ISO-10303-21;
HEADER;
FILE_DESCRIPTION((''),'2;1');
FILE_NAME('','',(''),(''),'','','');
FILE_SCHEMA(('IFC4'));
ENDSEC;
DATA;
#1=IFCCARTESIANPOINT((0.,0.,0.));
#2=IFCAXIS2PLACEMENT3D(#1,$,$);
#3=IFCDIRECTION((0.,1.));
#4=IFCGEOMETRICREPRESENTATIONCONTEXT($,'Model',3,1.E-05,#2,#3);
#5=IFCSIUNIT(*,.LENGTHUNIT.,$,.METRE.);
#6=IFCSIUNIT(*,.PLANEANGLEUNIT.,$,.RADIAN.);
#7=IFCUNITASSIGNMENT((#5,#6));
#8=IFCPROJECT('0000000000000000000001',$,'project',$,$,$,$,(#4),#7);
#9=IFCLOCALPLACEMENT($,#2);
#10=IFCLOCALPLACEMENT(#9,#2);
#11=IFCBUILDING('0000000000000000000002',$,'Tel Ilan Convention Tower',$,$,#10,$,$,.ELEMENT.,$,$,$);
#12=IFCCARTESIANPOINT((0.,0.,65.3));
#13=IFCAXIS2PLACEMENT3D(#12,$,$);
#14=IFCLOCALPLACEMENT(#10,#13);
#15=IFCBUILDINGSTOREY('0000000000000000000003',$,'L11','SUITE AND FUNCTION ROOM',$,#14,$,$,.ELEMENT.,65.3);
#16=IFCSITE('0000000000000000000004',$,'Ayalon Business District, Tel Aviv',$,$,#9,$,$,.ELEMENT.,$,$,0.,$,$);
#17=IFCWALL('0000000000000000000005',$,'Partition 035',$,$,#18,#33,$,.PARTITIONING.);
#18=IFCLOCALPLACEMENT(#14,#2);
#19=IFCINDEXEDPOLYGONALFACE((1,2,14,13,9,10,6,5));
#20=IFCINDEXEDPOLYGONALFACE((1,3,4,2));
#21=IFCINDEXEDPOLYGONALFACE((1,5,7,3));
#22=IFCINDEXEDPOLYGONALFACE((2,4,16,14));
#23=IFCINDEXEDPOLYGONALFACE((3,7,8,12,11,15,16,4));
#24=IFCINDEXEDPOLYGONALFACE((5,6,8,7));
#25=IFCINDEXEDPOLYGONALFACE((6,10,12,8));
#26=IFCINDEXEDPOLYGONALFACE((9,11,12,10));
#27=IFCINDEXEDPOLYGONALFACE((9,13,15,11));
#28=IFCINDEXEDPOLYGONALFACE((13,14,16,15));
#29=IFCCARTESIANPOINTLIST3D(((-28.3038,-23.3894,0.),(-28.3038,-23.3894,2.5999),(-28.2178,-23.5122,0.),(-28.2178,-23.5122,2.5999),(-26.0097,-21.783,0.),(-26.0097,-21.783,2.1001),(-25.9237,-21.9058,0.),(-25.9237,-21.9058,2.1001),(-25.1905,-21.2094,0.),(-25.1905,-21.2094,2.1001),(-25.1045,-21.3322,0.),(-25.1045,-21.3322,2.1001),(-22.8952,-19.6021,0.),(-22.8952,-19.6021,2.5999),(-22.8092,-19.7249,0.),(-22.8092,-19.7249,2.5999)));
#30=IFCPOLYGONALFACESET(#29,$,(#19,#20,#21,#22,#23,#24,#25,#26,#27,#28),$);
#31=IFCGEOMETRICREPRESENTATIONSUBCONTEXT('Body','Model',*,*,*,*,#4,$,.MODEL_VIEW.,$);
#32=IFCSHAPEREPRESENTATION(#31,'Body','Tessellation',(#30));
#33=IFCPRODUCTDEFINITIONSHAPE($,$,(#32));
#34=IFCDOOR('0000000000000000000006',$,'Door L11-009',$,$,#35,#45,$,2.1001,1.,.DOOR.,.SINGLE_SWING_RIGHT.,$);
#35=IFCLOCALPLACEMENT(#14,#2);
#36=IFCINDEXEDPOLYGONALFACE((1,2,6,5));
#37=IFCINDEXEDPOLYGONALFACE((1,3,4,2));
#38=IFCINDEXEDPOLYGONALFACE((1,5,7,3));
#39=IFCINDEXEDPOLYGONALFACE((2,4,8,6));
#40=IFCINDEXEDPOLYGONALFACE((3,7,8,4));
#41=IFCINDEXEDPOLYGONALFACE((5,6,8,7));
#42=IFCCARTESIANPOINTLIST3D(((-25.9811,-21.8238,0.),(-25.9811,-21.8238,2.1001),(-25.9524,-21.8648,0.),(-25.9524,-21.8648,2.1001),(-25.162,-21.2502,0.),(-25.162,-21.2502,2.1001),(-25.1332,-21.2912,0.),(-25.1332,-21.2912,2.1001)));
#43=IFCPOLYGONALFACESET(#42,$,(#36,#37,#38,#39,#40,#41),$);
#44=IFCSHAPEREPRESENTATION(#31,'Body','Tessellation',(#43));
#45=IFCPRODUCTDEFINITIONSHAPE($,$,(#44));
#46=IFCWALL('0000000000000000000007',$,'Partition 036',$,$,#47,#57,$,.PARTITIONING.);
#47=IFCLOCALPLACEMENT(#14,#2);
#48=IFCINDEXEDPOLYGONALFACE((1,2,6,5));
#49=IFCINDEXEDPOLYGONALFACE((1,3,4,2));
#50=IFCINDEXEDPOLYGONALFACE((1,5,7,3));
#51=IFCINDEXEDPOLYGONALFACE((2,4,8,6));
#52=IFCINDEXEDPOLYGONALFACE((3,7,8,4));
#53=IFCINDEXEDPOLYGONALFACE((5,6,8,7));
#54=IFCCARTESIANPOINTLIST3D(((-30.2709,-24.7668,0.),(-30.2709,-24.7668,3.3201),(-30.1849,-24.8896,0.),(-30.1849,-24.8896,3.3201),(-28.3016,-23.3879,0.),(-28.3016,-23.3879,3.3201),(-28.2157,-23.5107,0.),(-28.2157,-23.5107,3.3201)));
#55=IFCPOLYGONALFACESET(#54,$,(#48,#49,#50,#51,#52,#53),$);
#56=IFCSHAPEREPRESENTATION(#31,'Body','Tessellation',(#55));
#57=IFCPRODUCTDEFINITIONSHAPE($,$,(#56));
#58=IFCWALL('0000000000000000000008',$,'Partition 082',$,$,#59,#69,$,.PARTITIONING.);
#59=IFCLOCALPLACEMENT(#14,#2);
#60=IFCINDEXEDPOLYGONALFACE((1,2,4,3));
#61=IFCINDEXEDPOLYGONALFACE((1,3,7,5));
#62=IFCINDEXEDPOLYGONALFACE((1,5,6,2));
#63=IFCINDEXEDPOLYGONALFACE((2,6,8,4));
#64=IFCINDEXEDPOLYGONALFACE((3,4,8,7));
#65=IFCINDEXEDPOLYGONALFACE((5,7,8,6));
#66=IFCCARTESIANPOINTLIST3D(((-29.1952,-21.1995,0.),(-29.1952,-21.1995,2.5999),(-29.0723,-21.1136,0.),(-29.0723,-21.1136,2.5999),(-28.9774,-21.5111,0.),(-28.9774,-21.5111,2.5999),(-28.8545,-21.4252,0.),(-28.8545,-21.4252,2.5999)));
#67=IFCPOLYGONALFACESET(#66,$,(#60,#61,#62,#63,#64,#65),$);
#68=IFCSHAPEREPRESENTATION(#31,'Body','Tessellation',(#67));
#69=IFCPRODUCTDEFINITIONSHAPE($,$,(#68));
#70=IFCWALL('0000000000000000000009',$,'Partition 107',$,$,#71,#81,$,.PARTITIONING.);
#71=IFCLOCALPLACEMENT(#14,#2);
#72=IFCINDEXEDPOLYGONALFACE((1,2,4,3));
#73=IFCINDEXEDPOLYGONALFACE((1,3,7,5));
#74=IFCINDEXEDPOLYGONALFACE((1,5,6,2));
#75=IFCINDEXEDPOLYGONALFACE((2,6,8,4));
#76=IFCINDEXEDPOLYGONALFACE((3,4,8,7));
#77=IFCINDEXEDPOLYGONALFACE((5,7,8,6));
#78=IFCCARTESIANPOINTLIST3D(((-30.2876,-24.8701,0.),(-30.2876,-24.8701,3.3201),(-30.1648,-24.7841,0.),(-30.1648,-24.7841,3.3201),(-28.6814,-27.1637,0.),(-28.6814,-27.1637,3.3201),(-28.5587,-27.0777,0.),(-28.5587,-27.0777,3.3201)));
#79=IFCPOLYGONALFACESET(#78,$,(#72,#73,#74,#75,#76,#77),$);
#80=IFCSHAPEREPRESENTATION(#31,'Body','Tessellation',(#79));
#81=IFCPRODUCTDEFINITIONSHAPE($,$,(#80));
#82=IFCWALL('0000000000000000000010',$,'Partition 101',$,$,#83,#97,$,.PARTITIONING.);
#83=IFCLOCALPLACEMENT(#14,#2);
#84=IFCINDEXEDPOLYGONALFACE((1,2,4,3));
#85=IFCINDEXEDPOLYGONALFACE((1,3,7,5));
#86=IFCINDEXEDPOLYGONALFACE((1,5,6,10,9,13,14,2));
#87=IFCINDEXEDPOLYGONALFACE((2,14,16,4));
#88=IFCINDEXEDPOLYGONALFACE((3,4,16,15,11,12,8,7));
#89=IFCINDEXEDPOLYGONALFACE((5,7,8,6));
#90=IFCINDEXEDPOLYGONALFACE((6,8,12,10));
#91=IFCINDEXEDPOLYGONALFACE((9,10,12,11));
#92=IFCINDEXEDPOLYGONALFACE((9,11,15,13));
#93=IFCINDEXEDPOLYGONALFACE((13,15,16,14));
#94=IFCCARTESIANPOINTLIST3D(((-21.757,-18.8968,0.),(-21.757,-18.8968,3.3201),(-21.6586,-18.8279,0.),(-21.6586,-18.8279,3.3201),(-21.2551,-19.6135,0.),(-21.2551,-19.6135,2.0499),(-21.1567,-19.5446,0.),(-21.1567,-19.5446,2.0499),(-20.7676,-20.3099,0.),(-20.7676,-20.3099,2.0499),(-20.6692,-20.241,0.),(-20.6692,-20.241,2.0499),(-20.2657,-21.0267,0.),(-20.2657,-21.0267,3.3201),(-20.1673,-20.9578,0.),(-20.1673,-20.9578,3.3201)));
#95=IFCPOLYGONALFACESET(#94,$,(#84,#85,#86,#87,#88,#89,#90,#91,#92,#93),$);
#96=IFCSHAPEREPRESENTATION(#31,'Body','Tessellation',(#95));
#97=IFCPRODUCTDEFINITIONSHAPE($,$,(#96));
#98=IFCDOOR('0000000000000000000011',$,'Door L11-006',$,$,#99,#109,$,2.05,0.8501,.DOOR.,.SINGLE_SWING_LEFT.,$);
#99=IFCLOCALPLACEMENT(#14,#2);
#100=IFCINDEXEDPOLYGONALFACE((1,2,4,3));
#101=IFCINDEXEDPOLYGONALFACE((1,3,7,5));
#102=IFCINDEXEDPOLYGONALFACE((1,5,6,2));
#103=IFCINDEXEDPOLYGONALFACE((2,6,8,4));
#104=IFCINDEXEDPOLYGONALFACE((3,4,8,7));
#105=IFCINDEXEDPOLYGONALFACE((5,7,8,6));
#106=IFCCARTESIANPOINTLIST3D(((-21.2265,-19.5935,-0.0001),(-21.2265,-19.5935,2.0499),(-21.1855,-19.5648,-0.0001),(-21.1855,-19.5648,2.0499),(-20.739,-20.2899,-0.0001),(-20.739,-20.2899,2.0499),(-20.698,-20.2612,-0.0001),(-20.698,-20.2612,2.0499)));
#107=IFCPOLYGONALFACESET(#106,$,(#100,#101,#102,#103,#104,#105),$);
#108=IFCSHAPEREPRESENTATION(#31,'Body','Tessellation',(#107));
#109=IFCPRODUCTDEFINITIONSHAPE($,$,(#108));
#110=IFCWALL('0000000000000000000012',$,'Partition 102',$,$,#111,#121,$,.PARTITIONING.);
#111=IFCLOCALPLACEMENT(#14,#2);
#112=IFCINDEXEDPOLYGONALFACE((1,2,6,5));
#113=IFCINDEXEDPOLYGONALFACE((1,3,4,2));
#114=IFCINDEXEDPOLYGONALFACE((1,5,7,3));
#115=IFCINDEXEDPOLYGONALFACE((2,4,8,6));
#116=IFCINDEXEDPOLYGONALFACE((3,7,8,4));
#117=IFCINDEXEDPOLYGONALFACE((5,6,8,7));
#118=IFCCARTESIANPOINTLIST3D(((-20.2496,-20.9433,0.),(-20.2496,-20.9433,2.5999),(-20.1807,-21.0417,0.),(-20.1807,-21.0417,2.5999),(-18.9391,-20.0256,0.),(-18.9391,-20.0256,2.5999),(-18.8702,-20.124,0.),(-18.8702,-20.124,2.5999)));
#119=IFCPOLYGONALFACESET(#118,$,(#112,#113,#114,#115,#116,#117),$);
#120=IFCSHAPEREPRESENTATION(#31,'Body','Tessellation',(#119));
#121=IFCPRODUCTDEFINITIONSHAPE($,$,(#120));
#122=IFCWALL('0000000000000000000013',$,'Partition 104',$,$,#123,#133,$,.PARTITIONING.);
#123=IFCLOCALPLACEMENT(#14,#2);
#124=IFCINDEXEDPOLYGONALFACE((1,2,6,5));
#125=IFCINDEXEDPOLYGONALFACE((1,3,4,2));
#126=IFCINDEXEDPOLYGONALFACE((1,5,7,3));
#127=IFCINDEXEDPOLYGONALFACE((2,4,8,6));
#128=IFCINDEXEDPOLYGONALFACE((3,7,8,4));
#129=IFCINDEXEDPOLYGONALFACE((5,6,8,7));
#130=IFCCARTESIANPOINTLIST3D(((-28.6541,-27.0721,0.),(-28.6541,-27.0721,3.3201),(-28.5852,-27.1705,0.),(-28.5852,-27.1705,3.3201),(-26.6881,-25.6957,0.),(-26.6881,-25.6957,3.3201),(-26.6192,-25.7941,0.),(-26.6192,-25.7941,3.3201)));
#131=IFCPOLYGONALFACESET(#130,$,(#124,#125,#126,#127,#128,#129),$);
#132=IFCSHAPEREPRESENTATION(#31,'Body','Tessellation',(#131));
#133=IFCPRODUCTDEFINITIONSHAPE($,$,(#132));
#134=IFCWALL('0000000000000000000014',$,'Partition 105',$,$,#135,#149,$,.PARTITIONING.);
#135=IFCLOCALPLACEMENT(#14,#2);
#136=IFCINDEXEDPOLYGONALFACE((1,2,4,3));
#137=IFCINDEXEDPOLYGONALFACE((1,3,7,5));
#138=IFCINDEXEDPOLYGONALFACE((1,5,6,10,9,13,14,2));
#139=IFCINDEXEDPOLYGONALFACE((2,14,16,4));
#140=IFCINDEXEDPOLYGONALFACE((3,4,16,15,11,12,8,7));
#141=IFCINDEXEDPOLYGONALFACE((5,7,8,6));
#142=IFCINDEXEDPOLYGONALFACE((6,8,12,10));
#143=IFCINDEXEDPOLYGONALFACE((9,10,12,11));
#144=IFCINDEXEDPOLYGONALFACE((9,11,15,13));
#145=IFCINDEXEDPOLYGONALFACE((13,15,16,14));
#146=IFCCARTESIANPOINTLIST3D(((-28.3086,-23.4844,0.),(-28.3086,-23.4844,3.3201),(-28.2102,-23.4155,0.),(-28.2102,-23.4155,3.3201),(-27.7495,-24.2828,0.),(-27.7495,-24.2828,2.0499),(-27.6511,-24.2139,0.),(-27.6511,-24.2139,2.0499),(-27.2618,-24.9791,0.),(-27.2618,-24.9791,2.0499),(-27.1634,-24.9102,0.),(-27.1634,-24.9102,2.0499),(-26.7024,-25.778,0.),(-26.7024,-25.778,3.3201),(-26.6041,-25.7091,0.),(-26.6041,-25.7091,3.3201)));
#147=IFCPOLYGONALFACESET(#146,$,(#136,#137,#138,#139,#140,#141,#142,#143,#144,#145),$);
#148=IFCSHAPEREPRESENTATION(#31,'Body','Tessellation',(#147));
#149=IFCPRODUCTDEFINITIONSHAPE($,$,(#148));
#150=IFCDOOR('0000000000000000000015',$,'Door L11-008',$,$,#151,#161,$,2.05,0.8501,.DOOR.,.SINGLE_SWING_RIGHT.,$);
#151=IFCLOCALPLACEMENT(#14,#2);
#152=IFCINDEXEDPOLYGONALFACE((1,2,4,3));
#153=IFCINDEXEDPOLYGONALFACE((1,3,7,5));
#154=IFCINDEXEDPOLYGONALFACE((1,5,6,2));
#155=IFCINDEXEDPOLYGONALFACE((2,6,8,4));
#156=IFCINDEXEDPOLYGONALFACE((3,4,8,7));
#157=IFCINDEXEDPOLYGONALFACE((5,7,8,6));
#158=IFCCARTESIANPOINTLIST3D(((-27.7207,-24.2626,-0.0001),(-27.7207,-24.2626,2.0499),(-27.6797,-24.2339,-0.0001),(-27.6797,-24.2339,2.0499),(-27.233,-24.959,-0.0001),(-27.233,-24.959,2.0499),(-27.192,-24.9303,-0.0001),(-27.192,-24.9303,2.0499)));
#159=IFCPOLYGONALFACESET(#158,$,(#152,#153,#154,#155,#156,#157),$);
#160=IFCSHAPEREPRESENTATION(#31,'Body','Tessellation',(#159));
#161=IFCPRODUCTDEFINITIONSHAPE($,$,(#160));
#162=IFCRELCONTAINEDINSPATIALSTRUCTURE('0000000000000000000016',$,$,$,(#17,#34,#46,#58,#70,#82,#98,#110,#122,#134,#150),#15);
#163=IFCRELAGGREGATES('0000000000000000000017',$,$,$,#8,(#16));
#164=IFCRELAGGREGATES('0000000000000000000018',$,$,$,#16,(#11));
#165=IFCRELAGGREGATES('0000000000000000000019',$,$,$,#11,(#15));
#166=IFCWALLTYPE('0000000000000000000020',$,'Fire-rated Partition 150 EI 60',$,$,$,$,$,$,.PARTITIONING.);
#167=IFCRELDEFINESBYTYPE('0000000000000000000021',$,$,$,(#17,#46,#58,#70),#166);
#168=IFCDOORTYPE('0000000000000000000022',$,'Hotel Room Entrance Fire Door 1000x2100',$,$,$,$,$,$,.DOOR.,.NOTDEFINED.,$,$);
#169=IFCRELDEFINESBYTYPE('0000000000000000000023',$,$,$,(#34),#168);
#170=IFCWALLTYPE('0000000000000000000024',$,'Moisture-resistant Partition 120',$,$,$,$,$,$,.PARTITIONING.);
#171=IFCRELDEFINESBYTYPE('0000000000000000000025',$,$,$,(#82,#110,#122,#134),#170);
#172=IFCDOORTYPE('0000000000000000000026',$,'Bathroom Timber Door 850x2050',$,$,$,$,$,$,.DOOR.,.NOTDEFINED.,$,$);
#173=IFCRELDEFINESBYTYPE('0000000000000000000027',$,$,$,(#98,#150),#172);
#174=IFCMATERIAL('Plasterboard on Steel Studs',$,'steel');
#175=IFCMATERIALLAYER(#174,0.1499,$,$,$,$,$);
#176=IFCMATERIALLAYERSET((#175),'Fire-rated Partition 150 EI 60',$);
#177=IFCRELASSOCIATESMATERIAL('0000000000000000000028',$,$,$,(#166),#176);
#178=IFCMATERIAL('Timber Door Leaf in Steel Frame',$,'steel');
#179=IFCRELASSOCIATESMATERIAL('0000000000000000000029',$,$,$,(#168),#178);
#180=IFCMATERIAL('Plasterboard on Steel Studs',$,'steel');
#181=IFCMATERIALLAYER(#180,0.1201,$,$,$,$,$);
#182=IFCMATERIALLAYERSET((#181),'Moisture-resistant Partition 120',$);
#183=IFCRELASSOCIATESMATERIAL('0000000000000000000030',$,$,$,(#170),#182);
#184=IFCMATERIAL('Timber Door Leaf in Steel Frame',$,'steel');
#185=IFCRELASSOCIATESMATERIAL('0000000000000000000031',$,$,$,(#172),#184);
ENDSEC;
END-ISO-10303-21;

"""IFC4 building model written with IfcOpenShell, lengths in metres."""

from ifc_helpers import new_model, si_unit, direction, frame, frame_2d, origin, place, context, subcontext, project, spatial, rectangle, extrude, material, layer, layer_set, type_object, element, fill, save


model = new_model("IFC4")

# Units and contexts
model_context = context("Model", 3, precision=1e-05, world=origin(), true_north=direction((0.0, 1.0)))
body_context = subcontext(model_context, "Body", "Model", "MODEL_VIEW")
ifc_project = project(units=[si_unit("LENGTHUNIT", "METRE"), si_unit("PLANEANGLEUNIT", "RADIAN")], contexts=[model_context])

# Site, building, storey
site_placement = place(None, origin())
site = spatial("IfcSite", under=ifc_project, at=site_placement, Name="Ayalon Business District, Tel Aviv", CompositionType="ELEMENT", RefElevation=0.0)
building_placement = place(site_placement, origin())
building = spatial("IfcBuilding", under=site, at=building_placement, Name="Tel Ilan Convention Tower", CompositionType="ELEMENT")
storey_placement = place(building_placement, frame((0.0, 0.0, 65.3)))
storey = spatial("IfcBuildingStorey", under=building, at=storey_placement, Name="L11", Description="SUITE AND FUNCTION ROOM", CompositionType="ELEMENT", Elevation=65.3)

# Shared definitions
ifc_material_1 = material(Name="Plasterboard on Steel Studs", Category="steel")
ifc_layer_1 = layer(ifc_material_1, 0.1499)
ifc_layer_set_1 = layer_set([ifc_layer_1], Name="Fire-rated Partition 150 EI 60")
wall_type_1 = type_object("IfcWallType", Name="Fire-rated Partition 150 EI 60", PredefinedType="PARTITIONING", material=ifc_layer_set_1)
ifc_material_2 = material(Name="Timber Door Leaf in Steel Frame", Category="steel")
door_type_1 = type_object("IfcDoorType", Name="Hotel Room Entrance Fire Door 1000x2100", OperationType="NOTDEFINED", PredefinedType="DOOR", material=ifc_material_2)

# Wall, opening, door
wall_1_placement = place(storey_placement, frame((-22.8523, -19.6636, 0.0), z_axis=(0.0, 0.0, 1.0), x_axis=(-0.819142, -0.573591, 0.0)))
wall_1 = element("IfcWall", 1, at=wall_1_placement, inside=storey, type_object=wall_type_1, Name="Partition 035", PredefinedType="PARTITIONING", context=body_context, shape_type="SweptSolid", body=[
    extrude(rectangle(XDim=6.6028, YDim=0.1499, at=frame_2d((3.3013, 0.0))), origin(), (0.0, 0.0, 1.0), 2.5999),
])
opening_1_placement = place(wall_1_placement, frame((2.802, 0.0, 0.0)))
opening_1 = element("IfcOpeningElement", 2, at=opening_1_placement, cuts=wall_1, PredefinedType="OPENING", context=body_context, shape_type="SweptSolid", body=[
    extrude(rectangle(XDim=1.0, YDim=2.1001, at=frame_2d((0.5, 1.05))), frame((0.0, 0.085, 0.0), z_axis=(0.0, -1.0, 0.0), x_axis=(1.0, 0.0, 0.0)), (0.0, 0.0, 1.0), 0.1699),
])
door_1_placement = place(opening_1_placement, origin())
door_1 = element("IfcDoor", 3, at=door_1_placement, inside=storey, type_object=door_type_1, Name="Door L11-009", OperationType="SINGLE_SWING_RIGHT", OverallHeight=2.1001, OverallWidth=1.0, PredefinedType="DOOR", context=body_context, shape_type="SweptSolid", body=[
    extrude(rectangle(XDim=1.0, YDim=2.1001, at=frame_2d((0.5, 1.05))), frame((0.0, 0.0249, 0.0), z_axis=(0.0, -1.0, 0.0), x_axis=(1.0, 0.0, 0.0)), (0.0, 0.0, 1.0), 0.05),
])
fill(opening_1, door_1)

# Walls
wall_2_placement = place(storey_placement, frame((-28.2585, -23.4492, 0.0), z_axis=(0.0, 0.0, 1.0), x_axis=(-0.819146, -0.573585, 0.0)))
element("IfcWall", 4, at=wall_2_placement, inside=storey, type_object=wall_type_1, Name="Partition 036", PredefinedType="PARTITIONING", context=body_context, shape_type="SweptSolid", body=[
    extrude(rectangle(XDim=2.4041, YDim=0.1499, at=frame_2d((1.2021, 0.0))), origin(), (0.0, 0.0, 1.0), 3.3201),
])
wall_3_placement = place(storey_placement, frame((-28.916, -21.468, 0.0), z_axis=(0.0, 0.0, 1.0), x_axis=(-0.572945, 0.819594, 0.0)))
element("IfcWall", 5, at=wall_3_placement, inside=storey, type_object=wall_type_1, Name="Partition 082", PredefinedType="PARTITIONING", context=body_context, shape_type="SweptSolid", body=[
    extrude(rectangle(XDim=0.3801, YDim=0.1499, at=frame_2d((0.1899, 0.0))), origin(), (0.0, 0.0, 1.0), 2.5999),
])
wall_4_placement = place(storey_placement, frame((-28.6201, -27.1206, 0.0), z_axis=(0.0, 0.0, 1.0), x_axis=(-0.573609, 0.81913, 0.0)))
element("IfcWall", 6, at=wall_4_placement, inside=storey, type_object=wall_type_1, Name="Partition 107", PredefinedType="PARTITIONING", context=body_context, shape_type="SweptSolid", body=[
    extrude(rectangle(XDim=2.8, YDim=0.1499, at=frame_2d((1.3999, 0.0))), origin(), (0.0, 0.0, 1.0), 3.3201),
])

# Wall, opening, door
ifc_material_3 = material(Name="Plasterboard on Steel Studs", Category="steel")
ifc_layer_2 = layer(ifc_material_3, 0.1201)
ifc_layer_set_2 = layer_set([ifc_layer_2], Name="Moisture-resistant Partition 120")
wall_type_2 = type_object("IfcWallType", Name="Moisture-resistant Partition 120", PredefinedType="PARTITIONING", material=ifc_layer_set_2)
wall_5_placement = place(storey_placement, frame((-21.7078, -18.8623, 0.0), z_axis=(0.0, 0.0, 1.0), x_axis=(0.573538, -0.819179, 0.0)))
wall_5 = element("IfcWall", 7, at=wall_5_placement, inside=storey, type_object=wall_type_2, Name="Partition 101", PredefinedType="PARTITIONING", context=body_context, shape_type="SweptSolid", body=[
    extrude(rectangle(XDim=2.6001, YDim=0.1201, at=frame_2d((1.3, 0.0))), origin(), (0.0, 0.0, 1.0), 3.3201),
])
opening_2_placement = place(wall_5_placement, frame((0.875, 0.0, 0.0)))
opening_2 = element("IfcOpeningElement", 8, at=opening_2_placement, cuts=wall_5, PredefinedType="OPENING", context=body_context, shape_type="SweptSolid", body=[
    extrude(rectangle(XDim=0.8501, YDim=2.05, at=frame_2d((0.425, 1.0249))), frame((0.0, 0.0701, 0.0), z_axis=(0.0, -1.0, 0.0), x_axis=(1.0, 0.0, 0.0)), (0.0, 0.0, 1.0), 0.1401),
])
ifc_material_4 = material(Name="Timber Door Leaf in Steel Frame", Category="steel")
door_type_2 = type_object("IfcDoorType", Name="Bathroom Timber Door 850x2050", OperationType="NOTDEFINED", PredefinedType="DOOR", material=ifc_material_4)
door_2_placement = place(opening_2_placement, origin())
door_2 = element("IfcDoor", 9, at=door_2_placement, inside=storey, type_object=door_type_2, Name="Door L11-006", OperationType="SINGLE_SWING_LEFT", OverallHeight=2.05, OverallWidth=0.8501, PredefinedType="DOOR", context=body_context, shape_type="SweptSolid", body=[
    extrude(rectangle(XDim=0.8501, YDim=2.05, at=frame_2d((0.425, 1.0249))), frame((0.0, 0.0249, 0.0), z_axis=(0.0, -1.0, 0.0), x_axis=(1.0, 0.0, 0.0)), (0.0, 0.0, 1.0), 0.05),
])
fill(opening_2, door_2)

# Walls
wall_6_placement = place(storey_placement, frame((-20.2151, -20.9924, 0.0), z_axis=(0.0, 0.0, 1.0), x_axis=(0.819132, 0.573606, 0.0)))
element("IfcWall", 10, at=wall_6_placement, inside=storey, type_object=wall_type_2, Name="Partition 102", PredefinedType="PARTITIONING", context=body_context, shape_type="SweptSolid", body=[
    extrude(rectangle(XDim=1.5999, YDim=0.1201, at=frame_2d((0.7998, 0.0))), origin(), (0.0, 0.0, 1.0), 2.5999),
])
wall_7_placement = place(storey_placement, frame((-28.6196, -27.1213, 0.0), z_axis=(0.0, 0.0, 1.0), x_axis=(0.819189, 0.573524, 0.0)))
element("IfcWall", 11, at=wall_7_placement, inside=storey, type_object=wall_type_2, Name="Partition 104", PredefinedType="PARTITIONING", context=body_context, shape_type="SweptSolid", body=[
    extrude(rectangle(XDim=2.3999, YDim=0.1201, at=frame_2d((1.2, 0.0))), origin(), (0.0, 0.0, 1.0), 3.3201),
])

# Wall, opening, door
wall_8_placement = place(storey_placement, frame((-26.6533, -25.7434, 0.0), z_axis=(0.0, 0.0, 1.0), x_axis=(-0.573609, 0.81913, 0.0)))
wall_8 = element("IfcWall", 12, at=wall_8_placement, inside=storey, type_object=wall_type_2, Name="Partition 105", PredefinedType="PARTITIONING", context=body_context, shape_type="SweptSolid", body=[
    extrude(rectangle(XDim=2.8, YDim=0.1201, at=frame_2d((1.3999, 0.0))), origin(), (0.0, 0.0, 1.0), 3.3201),
])
opening_3_placement = place(wall_8_placement, frame((0.9751, 0.0, 0.0)))
opening_3 = element("IfcOpeningElement", 13, at=opening_3_placement, cuts=wall_8, PredefinedType="OPENING", context=body_context, shape_type="SweptSolid", body=[
    extrude(rectangle(XDim=0.8501, YDim=2.05, at=frame_2d((0.425, 1.0249))), frame((0.0, 0.0701, 0.0), z_axis=(0.0, -1.0, 0.0), x_axis=(1.0, 0.0, 0.0)), (0.0, 0.0, 1.0), 0.1401),
])
door_3_placement = place(opening_3_placement, origin())
door_3 = element("IfcDoor", 14, at=door_3_placement, inside=storey, type_object=door_type_2, Name="Door L11-008", OperationType="SINGLE_SWING_RIGHT", OverallHeight=2.05, OverallWidth=0.8501, PredefinedType="DOOR", context=body_context, shape_type="SweptSolid", body=[
    extrude(rectangle(XDim=0.8501, YDim=2.05, at=frame_2d((0.425, 1.0249))), frame((0.0, 0.0249, 0.0), z_axis=(0.0, -1.0, 0.0), x_axis=(1.0, 0.0, 0.0)), (0.0, 0.0, 1.0), 0.05),
])
fill(opening_3, door_3)

save(model, "model.ifc")
